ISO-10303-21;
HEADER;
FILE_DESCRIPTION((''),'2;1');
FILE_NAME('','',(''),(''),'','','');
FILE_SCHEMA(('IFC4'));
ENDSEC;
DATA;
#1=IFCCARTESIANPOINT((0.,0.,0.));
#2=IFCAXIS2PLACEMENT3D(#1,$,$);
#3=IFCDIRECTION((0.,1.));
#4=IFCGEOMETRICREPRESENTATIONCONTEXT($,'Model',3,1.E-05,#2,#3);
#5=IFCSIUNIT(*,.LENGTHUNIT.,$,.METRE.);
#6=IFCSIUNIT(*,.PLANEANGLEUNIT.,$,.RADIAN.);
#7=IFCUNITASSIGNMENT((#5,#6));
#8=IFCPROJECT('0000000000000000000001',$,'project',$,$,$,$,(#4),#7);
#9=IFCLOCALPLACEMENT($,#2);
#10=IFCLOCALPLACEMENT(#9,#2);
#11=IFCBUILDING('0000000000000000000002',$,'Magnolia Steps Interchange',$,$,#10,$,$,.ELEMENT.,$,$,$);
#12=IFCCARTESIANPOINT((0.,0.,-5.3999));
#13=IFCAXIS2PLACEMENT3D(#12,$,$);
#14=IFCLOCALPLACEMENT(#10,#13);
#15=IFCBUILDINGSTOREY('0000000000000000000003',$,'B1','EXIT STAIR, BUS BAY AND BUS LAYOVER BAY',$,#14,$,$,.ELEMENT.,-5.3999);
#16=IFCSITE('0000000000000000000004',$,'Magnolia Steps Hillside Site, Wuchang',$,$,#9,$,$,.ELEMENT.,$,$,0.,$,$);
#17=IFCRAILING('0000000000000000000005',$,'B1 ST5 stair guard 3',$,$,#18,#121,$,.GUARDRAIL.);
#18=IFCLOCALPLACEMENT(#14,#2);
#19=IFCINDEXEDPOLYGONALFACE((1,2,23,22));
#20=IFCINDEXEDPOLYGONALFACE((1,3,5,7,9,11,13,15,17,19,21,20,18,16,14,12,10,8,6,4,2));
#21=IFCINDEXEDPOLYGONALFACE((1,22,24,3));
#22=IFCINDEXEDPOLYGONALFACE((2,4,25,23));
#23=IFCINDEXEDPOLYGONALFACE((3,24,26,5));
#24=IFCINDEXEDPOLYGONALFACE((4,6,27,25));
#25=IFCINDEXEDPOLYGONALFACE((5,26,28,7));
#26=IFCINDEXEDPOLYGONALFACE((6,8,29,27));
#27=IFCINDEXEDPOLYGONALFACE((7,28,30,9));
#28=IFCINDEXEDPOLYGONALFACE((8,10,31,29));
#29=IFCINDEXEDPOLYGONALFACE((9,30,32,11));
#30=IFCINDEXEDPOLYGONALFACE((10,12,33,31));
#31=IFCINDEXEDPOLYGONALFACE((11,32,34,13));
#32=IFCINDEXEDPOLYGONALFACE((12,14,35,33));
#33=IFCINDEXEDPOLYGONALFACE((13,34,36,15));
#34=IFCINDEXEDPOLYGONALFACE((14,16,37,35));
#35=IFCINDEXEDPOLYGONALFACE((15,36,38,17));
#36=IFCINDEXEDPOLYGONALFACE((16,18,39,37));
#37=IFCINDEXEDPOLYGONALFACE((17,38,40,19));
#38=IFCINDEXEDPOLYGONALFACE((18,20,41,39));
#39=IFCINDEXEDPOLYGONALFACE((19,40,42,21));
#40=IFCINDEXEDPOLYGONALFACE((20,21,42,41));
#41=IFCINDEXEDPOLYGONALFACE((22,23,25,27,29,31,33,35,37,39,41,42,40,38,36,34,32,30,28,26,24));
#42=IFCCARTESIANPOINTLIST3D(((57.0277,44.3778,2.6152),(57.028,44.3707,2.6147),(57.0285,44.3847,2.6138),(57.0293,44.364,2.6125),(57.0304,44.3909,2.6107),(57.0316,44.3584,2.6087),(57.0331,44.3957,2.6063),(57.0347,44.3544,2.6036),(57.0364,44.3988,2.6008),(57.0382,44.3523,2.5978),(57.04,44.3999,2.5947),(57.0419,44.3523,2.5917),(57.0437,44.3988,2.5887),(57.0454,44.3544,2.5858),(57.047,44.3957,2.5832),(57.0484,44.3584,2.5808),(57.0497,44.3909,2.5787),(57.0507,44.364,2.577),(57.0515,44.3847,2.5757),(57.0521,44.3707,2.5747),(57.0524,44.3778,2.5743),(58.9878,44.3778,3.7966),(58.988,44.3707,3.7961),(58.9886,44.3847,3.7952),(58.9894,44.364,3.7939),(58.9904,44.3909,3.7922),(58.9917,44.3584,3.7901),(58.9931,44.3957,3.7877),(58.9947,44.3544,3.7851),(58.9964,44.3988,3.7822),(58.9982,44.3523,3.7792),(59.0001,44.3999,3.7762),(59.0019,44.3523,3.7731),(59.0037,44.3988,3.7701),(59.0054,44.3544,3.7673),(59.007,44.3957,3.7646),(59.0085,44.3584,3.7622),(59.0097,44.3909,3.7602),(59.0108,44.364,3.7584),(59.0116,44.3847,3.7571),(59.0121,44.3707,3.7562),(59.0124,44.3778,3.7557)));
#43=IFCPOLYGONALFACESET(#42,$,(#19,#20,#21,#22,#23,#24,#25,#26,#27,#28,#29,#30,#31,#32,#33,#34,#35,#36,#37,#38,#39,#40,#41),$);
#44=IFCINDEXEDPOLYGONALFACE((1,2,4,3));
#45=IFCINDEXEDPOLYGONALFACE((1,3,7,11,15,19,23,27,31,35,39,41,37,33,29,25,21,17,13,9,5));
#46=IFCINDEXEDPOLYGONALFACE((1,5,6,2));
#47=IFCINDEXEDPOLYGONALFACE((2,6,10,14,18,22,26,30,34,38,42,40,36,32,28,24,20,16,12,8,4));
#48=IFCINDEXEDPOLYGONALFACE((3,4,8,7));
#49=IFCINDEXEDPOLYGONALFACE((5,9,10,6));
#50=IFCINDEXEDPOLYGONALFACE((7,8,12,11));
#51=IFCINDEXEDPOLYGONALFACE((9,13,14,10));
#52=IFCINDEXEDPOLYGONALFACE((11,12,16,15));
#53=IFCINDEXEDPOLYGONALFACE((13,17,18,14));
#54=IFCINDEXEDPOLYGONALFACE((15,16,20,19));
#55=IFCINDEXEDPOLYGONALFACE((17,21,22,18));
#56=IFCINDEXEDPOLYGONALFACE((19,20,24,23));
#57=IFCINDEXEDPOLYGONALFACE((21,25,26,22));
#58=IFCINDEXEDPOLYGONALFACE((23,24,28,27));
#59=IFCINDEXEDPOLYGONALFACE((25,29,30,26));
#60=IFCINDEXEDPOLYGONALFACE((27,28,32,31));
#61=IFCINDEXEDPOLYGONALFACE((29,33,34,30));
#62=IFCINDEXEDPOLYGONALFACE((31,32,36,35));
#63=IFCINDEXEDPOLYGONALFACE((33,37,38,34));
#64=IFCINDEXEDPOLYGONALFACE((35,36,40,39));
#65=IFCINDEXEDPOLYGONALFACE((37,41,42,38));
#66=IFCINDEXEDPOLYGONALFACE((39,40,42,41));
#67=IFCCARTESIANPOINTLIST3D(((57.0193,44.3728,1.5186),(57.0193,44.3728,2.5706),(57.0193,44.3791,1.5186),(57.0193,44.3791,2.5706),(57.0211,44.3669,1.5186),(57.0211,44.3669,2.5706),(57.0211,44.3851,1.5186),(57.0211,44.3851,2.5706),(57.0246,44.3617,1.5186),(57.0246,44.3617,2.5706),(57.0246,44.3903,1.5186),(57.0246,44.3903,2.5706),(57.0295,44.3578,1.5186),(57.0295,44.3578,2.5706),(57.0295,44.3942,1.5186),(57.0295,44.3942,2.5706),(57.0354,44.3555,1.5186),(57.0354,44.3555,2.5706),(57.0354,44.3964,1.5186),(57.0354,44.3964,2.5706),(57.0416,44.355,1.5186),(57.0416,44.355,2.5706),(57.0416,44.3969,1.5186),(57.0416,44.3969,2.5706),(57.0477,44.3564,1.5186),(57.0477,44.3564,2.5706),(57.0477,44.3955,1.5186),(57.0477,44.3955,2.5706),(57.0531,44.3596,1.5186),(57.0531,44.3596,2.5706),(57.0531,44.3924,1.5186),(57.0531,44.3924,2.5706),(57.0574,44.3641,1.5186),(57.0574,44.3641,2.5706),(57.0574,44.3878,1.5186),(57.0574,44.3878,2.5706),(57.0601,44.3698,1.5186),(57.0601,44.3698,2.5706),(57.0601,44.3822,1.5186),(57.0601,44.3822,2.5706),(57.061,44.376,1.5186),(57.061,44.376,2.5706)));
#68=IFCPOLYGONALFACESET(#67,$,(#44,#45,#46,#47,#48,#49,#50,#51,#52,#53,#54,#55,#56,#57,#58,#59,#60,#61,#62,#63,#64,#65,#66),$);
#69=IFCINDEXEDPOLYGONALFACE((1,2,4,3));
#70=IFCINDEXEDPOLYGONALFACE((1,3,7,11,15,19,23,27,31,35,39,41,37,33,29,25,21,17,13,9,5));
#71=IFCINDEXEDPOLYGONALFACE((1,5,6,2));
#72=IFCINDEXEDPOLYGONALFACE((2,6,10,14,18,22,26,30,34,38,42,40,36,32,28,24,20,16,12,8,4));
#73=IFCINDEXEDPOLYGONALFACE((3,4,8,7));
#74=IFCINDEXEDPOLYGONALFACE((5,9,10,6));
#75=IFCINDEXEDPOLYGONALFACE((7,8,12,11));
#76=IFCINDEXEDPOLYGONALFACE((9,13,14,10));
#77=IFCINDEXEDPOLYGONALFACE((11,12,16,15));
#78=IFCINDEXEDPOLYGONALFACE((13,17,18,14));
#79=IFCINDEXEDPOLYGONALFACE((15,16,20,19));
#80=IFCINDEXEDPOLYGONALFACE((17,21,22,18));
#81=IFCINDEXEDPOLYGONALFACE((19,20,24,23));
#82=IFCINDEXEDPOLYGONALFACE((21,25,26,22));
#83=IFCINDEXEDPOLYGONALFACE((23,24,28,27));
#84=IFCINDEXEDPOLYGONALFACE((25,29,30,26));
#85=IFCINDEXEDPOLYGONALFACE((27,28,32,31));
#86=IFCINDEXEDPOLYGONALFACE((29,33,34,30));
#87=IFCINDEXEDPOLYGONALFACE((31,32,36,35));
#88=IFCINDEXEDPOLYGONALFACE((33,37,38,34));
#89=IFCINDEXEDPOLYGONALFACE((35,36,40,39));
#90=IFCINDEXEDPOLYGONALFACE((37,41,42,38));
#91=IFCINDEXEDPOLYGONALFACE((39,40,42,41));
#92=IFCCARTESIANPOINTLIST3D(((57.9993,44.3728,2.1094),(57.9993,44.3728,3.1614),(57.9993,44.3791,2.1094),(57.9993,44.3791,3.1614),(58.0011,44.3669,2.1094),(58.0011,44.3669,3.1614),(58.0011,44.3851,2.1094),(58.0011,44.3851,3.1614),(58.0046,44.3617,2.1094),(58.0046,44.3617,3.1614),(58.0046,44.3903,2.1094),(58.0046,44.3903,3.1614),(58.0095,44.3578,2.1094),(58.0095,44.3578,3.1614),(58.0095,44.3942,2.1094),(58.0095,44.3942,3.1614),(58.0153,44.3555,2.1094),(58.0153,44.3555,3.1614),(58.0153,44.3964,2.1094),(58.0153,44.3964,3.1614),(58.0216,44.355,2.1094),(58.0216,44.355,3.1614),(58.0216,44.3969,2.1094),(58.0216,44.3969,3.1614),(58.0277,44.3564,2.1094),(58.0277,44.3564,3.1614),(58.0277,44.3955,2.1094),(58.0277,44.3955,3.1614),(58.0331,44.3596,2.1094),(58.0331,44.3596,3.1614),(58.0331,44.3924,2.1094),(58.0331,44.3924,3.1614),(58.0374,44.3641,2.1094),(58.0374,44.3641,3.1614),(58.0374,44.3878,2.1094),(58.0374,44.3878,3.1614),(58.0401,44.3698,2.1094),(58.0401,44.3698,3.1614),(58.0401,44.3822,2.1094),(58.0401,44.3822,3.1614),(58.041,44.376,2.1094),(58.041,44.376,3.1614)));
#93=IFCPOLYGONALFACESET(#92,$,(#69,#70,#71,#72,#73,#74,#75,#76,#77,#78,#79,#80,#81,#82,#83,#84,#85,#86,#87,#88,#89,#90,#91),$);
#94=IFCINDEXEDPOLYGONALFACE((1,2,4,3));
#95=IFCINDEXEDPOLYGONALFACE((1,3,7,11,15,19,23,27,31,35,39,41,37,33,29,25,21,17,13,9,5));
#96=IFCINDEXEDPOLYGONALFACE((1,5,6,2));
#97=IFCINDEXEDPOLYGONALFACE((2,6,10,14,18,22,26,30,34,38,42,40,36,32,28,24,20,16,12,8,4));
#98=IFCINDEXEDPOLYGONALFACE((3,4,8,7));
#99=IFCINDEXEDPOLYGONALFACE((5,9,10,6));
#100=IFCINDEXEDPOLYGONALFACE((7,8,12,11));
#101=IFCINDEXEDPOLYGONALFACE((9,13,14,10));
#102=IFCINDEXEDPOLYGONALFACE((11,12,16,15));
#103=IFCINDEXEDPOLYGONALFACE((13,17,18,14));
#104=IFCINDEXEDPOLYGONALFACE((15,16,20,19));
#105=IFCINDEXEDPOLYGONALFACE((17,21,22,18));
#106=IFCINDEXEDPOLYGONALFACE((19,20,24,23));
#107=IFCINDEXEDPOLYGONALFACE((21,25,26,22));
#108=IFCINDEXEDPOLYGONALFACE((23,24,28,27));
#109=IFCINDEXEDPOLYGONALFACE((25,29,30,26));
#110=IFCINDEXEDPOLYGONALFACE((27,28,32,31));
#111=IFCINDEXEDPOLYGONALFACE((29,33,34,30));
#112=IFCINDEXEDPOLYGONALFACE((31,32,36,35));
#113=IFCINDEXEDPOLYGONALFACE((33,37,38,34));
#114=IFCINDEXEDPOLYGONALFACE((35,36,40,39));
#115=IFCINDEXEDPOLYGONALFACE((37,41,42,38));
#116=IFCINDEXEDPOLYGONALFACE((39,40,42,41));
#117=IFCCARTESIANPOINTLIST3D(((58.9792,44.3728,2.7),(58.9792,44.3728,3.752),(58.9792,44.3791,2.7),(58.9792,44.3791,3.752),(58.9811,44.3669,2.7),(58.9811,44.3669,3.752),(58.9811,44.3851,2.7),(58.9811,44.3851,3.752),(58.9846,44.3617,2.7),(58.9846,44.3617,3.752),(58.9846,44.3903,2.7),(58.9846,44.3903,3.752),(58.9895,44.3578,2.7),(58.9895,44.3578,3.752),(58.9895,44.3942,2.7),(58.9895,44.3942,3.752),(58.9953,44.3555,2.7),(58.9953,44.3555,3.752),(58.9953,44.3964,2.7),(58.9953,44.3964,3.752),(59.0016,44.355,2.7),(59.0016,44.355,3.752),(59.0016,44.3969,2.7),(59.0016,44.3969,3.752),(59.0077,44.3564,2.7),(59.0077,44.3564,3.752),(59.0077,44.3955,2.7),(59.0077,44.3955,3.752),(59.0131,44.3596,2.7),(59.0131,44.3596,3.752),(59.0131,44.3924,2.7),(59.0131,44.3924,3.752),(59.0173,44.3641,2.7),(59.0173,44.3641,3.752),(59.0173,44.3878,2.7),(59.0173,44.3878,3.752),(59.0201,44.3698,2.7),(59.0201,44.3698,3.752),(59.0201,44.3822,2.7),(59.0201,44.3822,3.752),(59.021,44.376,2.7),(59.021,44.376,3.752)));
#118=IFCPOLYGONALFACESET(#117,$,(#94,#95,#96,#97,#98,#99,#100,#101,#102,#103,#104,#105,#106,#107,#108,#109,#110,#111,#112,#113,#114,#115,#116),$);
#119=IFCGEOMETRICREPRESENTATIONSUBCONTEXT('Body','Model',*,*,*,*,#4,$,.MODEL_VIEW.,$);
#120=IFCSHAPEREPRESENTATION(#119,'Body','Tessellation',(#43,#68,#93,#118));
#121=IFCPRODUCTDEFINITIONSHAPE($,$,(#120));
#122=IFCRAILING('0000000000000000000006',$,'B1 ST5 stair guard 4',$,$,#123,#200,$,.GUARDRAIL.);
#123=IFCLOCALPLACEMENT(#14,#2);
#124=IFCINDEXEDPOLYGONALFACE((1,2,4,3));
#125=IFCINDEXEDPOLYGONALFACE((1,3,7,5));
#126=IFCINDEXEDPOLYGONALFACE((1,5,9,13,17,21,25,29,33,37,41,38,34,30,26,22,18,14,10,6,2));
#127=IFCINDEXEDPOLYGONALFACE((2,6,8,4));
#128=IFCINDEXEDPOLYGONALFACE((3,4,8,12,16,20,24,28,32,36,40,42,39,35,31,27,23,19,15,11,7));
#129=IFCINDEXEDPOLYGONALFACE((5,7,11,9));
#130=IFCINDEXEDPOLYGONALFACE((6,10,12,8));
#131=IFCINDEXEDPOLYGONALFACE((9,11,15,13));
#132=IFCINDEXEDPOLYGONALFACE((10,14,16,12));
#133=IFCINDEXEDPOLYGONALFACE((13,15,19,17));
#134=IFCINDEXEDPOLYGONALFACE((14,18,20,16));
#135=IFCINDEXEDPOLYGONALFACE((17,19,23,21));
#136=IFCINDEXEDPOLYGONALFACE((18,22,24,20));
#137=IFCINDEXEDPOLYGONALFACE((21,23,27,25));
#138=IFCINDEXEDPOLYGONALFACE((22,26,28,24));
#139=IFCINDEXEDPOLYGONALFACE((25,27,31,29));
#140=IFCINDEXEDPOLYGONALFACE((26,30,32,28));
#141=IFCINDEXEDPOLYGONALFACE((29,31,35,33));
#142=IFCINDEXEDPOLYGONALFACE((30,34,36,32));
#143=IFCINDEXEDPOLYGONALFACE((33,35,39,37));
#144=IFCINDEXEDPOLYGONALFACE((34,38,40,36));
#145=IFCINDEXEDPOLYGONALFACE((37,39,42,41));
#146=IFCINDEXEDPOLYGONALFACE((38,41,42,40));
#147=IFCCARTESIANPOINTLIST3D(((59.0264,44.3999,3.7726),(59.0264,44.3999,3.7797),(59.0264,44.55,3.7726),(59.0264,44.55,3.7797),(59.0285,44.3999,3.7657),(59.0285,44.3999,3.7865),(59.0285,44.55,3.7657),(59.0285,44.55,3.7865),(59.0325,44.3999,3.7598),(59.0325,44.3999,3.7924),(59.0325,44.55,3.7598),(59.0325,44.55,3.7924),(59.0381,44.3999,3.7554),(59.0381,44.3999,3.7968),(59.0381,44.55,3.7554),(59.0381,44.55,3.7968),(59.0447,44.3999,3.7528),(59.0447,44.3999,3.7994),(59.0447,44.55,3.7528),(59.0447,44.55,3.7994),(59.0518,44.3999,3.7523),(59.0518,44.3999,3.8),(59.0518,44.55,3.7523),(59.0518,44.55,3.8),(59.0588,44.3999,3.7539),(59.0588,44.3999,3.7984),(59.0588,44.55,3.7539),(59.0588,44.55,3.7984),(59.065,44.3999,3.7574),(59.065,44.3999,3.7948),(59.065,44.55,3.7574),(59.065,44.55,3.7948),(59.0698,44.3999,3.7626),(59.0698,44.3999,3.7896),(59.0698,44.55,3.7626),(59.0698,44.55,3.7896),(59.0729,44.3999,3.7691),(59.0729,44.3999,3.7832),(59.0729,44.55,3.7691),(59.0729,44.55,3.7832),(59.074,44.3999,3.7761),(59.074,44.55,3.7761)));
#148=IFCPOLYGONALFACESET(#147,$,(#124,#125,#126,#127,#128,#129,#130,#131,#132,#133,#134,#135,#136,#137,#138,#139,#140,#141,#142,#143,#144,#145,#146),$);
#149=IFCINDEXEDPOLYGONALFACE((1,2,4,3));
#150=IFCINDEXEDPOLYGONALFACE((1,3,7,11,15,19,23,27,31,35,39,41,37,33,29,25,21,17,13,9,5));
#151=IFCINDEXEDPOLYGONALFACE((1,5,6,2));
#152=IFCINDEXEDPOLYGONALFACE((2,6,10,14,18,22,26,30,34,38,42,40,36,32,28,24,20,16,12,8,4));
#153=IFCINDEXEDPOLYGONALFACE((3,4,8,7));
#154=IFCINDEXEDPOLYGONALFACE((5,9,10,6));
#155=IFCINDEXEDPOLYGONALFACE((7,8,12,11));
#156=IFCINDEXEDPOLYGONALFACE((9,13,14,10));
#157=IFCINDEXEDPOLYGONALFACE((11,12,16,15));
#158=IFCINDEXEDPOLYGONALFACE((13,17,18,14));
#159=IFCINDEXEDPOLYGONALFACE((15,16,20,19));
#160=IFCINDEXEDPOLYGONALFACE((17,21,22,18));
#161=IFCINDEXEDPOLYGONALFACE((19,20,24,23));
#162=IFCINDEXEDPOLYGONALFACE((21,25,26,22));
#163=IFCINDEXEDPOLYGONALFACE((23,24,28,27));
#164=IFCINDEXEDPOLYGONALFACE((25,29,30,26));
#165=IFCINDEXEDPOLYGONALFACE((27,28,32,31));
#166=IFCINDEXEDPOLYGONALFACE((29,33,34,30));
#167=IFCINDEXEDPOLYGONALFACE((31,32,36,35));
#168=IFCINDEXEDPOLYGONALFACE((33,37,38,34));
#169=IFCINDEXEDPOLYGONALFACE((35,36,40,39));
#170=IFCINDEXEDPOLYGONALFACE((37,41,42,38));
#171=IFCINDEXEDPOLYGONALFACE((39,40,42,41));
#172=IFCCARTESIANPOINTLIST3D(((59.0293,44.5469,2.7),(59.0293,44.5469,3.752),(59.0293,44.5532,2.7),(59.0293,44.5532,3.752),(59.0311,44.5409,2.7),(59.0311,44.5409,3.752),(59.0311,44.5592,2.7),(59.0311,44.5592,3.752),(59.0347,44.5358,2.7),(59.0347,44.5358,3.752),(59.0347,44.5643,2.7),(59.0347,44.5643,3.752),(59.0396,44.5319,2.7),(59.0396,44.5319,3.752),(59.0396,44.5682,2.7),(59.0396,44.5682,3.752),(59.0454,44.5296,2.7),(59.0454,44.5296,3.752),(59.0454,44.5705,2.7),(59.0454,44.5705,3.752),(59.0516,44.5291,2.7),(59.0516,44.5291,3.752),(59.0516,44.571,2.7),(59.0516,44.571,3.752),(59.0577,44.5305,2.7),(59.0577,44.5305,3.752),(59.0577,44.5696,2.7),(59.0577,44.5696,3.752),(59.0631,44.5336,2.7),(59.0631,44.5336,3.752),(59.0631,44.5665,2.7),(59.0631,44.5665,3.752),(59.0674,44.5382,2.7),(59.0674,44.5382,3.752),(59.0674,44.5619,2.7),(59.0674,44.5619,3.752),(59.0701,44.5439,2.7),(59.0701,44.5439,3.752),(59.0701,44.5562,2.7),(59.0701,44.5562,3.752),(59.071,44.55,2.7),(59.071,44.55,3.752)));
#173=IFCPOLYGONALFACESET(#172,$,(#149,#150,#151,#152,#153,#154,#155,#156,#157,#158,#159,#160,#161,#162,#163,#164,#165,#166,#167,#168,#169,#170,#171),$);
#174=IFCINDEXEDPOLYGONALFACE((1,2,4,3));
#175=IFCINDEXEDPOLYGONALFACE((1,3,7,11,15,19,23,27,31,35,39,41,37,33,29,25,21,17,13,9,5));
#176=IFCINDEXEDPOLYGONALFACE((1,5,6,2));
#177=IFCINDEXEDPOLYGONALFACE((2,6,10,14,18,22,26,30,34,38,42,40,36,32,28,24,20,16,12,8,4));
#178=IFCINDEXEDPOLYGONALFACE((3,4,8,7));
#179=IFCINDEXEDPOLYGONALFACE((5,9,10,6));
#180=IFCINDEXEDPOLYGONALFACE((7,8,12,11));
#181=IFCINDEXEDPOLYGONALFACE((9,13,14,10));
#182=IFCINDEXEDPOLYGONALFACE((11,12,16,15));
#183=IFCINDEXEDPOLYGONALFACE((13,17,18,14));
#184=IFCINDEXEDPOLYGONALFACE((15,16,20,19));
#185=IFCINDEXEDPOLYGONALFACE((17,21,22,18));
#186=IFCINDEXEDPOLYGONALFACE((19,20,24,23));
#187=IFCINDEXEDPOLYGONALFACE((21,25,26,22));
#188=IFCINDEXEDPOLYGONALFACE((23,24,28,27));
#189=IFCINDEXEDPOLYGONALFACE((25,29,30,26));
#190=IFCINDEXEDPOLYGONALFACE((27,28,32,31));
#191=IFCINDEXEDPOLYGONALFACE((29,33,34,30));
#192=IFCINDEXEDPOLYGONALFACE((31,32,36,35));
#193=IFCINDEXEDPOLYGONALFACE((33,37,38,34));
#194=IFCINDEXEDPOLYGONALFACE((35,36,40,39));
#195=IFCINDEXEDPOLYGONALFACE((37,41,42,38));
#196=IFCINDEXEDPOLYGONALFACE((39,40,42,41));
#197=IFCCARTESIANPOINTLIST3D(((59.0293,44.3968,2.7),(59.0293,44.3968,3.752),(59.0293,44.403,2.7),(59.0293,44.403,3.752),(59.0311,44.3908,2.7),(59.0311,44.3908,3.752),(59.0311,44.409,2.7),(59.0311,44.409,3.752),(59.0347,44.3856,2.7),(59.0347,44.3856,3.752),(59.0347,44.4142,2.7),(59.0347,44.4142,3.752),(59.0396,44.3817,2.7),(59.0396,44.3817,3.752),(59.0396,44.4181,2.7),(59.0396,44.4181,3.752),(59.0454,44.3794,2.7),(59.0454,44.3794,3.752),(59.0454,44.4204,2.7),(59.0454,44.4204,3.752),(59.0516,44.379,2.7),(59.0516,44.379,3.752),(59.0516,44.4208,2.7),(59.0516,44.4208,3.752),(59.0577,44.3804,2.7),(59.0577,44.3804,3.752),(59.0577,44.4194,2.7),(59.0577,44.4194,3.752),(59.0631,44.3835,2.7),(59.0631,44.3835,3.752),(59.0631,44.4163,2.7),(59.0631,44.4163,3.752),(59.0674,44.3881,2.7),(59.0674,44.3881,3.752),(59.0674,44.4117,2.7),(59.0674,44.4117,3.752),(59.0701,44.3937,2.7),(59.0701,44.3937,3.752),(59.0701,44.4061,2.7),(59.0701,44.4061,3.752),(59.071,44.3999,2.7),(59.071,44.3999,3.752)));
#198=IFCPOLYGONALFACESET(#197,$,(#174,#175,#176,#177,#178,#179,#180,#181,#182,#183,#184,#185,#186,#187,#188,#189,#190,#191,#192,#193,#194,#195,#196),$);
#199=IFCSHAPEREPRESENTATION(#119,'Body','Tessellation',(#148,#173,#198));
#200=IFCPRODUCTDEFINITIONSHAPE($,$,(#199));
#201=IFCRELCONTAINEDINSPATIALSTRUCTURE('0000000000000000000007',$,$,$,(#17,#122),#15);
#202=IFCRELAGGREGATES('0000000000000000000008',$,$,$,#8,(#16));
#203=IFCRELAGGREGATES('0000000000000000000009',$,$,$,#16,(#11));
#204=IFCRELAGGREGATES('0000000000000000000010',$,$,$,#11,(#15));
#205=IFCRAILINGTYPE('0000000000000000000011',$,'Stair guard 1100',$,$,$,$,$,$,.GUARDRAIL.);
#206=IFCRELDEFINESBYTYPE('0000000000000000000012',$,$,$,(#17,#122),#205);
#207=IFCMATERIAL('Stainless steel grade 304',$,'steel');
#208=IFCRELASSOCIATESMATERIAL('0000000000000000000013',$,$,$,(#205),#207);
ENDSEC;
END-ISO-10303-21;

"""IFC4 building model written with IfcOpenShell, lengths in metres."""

from ifc_helpers import new_model, si_unit, direction, frame, origin, origin_2d, place, context, subcontext, project, spatial, circle, extrude, material, type_object, element, save


model = new_model("IFC4")

# Units and contexts
model_context = context("Model", 3, precision=1e-05, world=origin(), true_north=direction((0.0, 1.0)))
body_context = subcontext(model_context, "Body", "Model", "MODEL_VIEW")
ifc_project = project(units=[si_unit("LENGTHUNIT", "METRE"), si_unit("PLANEANGLEUNIT", "RADIAN")], contexts=[model_context])

# Site, building, storey
site_placement = place(None, origin())
site = spatial("IfcSite", under=ifc_project, at=site_placement, Name="Magnolia Steps Hillside Site, Wuchang", CompositionType="ELEMENT", RefElevation=0.0)
building_placement = place(site_placement, origin())
building = spatial("IfcBuilding", under=site, at=building_placement, Name="Magnolia Steps Interchange", CompositionType="ELEMENT")
storey_placement = place(building_placement, frame((0.0, 0.0, -5.3999)))
storey = spatial("IfcBuildingStorey", under=building, at=storey_placement, Name="B1", Description="EXIT STAIR, BUS BAY AND BUS LAYOVER BAY", CompositionType="ELEMENT", Elevation=-5.3999)

# Railings
ifc_material_1 = material(Name="Stainless steel grade 304", Category="steel")
railing_type_1 = type_object("IfcRailingType", Name="Stair guard 1100", PredefinedType="GUARDRAIL", material=ifc_material_1)
railing_1_placement = place(storey_placement, frame((57.04, 44.376, 1.5186)))
element("IfcRailing", 1, at=railing_1_placement, inside=storey, type_object=railing_type_1, Name="B1 ST5 stair guard 3", PredefinedType="GUARDRAIL", context=body_context, shape_type="SweptSolid", body=[
    extrude(circle(Radius=0.0239, at=origin_2d()), frame((0.0, 0.0, 1.0762), z_axis=(0.856446, 0.0, 0.516236), x_axis=(0.0, 1.0, 0.0)), (0.0, 0.0, 1.0), 2.2886),
    extrude(circle(Radius=0.021, at=origin_2d()), origin(), (0.0, 0.0, 1.0), 1.052),
    extrude(circle(Radius=0.021, at=origin_2d()), frame((0.98, 0.0, 0.5908)), (0.0, 0.0, 1.0), 1.052),
    extrude(circle(Radius=0.021, at=origin_2d()), frame((1.96, 0.0, 1.1814)), (0.0, 0.0, 1.0), 1.052),
])
railing_2_placement = place(storey_placement, frame((59.05, 44.55, 2.7)))
element("IfcRailing", 2, at=railing_2_placement, inside=storey, type_object=railing_type_1, Name="B1 ST5 stair guard 4", PredefinedType="GUARDRAIL", context=body_context, shape_type="SweptSolid", body=[
    extrude(circle(Radius=0.0239, at=origin_2d()), frame((0.0, 0.0, 1.0762), z_axis=(0.0, -1.0, 0.0), x_axis=(1.0, 0.0, 0.0)), (0.0, 0.0, 1.0), 0.1501),
    extrude(circle(Radius=0.021, at=origin_2d()), origin(), (0.0, 0.0, 1.0), 1.052),
    extrude(circle(Radius=0.021, at=origin_2d()), frame((0.0, -0.1501, 0.0)), (0.0, 0.0, 1.0), 1.052),
])

save(model, "model.ifc")
